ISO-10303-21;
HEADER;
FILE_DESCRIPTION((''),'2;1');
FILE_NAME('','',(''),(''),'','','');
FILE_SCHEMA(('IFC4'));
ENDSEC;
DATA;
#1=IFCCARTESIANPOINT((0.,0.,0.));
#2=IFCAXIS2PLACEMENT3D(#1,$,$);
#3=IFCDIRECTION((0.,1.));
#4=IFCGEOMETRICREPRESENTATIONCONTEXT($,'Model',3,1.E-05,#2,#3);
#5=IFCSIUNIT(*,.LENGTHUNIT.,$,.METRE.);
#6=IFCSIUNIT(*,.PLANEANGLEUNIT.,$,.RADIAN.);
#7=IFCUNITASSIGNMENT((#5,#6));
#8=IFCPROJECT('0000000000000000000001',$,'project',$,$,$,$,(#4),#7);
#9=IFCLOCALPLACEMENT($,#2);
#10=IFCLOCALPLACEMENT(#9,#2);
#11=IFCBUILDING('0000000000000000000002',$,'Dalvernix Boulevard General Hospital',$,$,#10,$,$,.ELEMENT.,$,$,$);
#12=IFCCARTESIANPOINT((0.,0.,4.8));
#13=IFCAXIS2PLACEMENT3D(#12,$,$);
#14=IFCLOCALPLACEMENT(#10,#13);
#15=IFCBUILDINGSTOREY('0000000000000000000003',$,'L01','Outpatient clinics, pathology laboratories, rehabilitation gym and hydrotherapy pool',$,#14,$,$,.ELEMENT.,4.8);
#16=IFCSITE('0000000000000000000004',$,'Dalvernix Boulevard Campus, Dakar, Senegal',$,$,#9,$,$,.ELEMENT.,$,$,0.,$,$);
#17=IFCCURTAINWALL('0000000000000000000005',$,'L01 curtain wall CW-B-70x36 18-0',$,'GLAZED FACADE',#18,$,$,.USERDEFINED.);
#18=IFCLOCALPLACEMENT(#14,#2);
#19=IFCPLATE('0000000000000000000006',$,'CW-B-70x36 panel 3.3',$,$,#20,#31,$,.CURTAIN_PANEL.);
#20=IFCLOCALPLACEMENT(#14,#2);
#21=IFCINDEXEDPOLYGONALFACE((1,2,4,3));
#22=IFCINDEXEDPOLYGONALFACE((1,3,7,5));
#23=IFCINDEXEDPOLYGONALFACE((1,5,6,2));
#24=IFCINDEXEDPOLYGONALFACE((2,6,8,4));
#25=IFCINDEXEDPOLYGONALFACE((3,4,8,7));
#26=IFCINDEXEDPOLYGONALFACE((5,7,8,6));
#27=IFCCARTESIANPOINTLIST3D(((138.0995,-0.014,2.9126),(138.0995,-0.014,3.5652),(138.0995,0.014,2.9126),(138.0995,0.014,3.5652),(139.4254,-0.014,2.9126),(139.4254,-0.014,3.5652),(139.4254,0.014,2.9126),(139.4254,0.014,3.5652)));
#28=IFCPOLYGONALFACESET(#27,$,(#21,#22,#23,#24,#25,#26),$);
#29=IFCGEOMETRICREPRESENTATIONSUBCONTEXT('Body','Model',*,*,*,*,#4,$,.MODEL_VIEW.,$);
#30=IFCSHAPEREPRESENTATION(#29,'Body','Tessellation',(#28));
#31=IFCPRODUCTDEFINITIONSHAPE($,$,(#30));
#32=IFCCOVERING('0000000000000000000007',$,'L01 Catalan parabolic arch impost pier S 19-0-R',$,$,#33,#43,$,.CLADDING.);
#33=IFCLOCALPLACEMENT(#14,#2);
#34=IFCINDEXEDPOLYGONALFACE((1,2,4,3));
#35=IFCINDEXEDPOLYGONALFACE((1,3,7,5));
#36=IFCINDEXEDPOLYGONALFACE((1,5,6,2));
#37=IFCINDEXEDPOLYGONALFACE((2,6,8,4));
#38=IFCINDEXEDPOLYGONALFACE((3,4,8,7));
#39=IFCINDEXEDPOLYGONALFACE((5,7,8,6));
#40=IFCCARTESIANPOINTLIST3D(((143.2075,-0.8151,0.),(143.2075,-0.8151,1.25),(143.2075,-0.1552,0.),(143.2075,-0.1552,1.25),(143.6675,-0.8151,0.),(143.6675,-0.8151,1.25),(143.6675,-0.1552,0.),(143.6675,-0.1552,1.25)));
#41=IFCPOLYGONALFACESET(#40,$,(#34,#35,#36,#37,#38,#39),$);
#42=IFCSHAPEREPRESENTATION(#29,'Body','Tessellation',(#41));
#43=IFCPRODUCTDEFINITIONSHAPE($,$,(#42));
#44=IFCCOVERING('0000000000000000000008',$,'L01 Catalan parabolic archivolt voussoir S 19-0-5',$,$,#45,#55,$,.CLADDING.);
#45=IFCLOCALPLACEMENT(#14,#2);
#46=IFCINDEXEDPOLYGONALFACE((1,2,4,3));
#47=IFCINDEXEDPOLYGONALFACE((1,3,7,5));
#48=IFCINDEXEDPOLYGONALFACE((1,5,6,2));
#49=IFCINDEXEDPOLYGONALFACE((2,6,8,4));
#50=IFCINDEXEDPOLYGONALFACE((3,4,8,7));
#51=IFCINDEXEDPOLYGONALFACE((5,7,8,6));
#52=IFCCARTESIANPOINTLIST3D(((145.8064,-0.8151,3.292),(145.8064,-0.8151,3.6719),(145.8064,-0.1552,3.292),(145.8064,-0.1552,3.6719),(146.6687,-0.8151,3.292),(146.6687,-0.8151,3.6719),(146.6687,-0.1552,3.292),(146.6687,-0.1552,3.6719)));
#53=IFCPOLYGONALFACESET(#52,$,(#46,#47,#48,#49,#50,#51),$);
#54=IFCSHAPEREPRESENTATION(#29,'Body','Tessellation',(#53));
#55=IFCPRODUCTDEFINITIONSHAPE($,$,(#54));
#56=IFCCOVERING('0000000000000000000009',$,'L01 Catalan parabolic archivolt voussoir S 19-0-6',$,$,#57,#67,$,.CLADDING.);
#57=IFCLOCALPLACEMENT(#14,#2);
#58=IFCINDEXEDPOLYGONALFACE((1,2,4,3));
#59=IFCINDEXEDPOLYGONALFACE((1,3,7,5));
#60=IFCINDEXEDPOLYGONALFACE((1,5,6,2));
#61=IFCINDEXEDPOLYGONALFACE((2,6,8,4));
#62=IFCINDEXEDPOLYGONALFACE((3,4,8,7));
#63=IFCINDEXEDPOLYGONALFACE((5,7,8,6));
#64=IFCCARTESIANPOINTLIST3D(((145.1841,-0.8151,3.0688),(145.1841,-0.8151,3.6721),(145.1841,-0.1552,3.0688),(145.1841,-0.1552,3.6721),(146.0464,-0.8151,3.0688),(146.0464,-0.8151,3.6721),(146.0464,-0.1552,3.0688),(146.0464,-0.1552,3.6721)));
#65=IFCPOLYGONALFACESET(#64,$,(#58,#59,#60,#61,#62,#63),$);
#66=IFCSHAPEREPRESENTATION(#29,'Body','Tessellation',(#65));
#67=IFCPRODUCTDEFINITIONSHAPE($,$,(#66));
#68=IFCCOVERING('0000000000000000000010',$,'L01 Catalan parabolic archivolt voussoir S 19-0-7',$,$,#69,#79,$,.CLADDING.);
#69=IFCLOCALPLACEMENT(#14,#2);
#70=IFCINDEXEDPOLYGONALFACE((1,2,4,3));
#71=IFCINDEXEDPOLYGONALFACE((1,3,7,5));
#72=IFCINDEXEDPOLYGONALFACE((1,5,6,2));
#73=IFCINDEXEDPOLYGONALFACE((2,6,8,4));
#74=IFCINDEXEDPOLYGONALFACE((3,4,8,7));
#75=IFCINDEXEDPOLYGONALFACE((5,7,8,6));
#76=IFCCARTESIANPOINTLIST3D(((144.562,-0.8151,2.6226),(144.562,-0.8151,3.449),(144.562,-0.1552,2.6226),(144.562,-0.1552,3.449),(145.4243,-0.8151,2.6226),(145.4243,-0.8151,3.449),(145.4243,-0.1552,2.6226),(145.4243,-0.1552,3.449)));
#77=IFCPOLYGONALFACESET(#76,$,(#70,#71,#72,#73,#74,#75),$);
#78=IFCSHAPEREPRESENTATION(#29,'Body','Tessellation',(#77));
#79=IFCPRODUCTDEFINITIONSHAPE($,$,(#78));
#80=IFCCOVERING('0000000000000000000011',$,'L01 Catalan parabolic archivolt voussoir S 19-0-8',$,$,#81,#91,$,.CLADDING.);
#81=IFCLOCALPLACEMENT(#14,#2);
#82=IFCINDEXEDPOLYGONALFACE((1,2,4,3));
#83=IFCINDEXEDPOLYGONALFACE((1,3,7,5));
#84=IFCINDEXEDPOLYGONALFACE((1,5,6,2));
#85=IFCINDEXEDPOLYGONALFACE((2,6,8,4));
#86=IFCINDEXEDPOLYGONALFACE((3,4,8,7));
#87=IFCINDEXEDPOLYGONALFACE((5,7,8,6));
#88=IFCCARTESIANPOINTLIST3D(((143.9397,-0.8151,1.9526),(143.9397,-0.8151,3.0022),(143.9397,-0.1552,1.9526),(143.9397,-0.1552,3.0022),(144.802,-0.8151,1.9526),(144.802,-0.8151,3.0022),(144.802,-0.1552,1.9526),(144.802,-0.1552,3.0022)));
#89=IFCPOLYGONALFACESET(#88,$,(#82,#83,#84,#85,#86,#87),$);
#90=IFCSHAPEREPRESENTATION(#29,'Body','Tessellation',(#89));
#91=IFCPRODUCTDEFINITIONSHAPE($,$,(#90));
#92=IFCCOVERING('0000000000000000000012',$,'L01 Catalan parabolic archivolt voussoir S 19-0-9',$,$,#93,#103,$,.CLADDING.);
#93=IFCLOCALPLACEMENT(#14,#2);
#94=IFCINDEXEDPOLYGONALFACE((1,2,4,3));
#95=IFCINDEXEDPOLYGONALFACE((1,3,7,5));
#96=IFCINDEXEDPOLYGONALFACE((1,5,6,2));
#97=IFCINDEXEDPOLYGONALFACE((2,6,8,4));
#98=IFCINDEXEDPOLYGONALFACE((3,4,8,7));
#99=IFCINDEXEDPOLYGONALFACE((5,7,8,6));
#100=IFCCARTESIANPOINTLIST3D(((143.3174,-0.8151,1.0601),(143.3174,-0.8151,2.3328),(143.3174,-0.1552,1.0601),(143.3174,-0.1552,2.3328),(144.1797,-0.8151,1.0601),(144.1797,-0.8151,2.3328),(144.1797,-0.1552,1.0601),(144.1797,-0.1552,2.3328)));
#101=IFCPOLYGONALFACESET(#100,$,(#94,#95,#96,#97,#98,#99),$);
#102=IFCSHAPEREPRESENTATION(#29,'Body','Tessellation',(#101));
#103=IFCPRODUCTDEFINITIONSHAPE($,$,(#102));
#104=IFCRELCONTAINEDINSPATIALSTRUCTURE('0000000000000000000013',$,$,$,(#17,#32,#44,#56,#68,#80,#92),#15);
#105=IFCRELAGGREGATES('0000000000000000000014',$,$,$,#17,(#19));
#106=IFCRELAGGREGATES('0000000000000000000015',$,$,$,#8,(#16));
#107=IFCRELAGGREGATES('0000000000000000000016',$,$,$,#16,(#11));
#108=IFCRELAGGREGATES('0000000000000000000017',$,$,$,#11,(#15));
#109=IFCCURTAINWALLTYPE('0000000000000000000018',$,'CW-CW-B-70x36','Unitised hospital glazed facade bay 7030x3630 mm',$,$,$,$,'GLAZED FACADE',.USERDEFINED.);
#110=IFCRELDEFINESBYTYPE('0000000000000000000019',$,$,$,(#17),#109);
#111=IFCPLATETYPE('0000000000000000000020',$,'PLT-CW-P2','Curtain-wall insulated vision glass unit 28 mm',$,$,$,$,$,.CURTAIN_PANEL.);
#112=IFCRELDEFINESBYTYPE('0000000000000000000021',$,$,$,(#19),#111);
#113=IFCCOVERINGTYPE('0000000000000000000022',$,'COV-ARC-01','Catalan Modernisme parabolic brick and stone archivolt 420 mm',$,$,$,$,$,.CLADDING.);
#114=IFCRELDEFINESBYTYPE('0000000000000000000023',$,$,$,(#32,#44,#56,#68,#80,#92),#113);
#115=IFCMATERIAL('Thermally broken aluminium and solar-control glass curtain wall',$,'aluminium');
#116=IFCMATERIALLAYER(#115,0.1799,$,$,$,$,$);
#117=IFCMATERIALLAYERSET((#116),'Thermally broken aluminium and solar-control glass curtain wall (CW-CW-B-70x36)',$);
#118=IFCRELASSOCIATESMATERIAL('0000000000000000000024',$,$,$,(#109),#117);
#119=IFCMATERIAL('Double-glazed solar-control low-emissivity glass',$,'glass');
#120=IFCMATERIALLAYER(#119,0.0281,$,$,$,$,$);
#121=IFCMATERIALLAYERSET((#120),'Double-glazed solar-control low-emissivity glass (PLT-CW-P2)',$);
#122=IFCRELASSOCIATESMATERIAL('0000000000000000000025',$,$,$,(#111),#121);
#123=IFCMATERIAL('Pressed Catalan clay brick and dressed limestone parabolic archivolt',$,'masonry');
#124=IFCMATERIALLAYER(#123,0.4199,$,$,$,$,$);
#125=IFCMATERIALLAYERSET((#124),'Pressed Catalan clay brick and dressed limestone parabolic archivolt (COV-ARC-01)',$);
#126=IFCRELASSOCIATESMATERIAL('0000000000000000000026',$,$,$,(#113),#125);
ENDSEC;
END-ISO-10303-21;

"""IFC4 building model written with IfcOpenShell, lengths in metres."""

from ifc_helpers import new_model, si_unit, direction, frame, origin, origin_2d, place, context, subcontext, project, spatial, rectangle, extrude, material, layer, layer_set, type_object, element, aggregate, save


model = new_model("IFC4")

# Units and contexts
model_context = context("Model", 3, precision=1e-05, world=origin(), true_north=direction((0.0, 1.0)))
body_context = subcontext(model_context, "Body", "Model", "MODEL_VIEW")
ifc_project = project(units=[si_unit("LENGTHUNIT", "METRE"), si_unit("PLANEANGLEUNIT", "RADIAN")], contexts=[model_context])

# Site, building, storey
site_placement = place(None, origin())
site = spatial("IfcSite", under=ifc_project, at=site_placement, Name="Dalvernix Boulevard Campus, Dakar, Senegal", CompositionType="ELEMENT", RefElevation=0.0)
building_placement = place(site_placement, origin())
building = spatial("IfcBuilding", under=site, at=building_placement, Name="Dalvernix Boulevard General Hospital", CompositionType="ELEMENT")
storey_placement = place(building_placement, frame((0.0, 0.0, 4.8)))
storey = spatial("IfcBuildingStorey", under=building, at=storey_placement, Name="L01", Description="Outpatient clinics, pathology laboratories, rehabilitation gym and hydrotherapy pool", CompositionType="ELEMENT", Elevation=4.8)

# Curtain wall, plate
ifc_material_1 = material(Name="Thermally broken aluminium and solar-control glass curtain wall", Category="aluminium")
ifc_layer_1 = layer(ifc_material_1, 0.1799)
ifc_layer_set_1 = layer_set([ifc_layer_1], Name="Thermally broken aluminium and solar-control glass curtain wall (CW-CW-B-70x36)")
curtain_wall_type = type_object("IfcCurtainWallType", Name="CW-CW-B-70x36", Description="Unitised hospital glazed facade bay 7030x3630 mm", ElementType="GLAZED FACADE", PredefinedType="USERDEFINED", material=ifc_layer_set_1)
curtain_wall_placement = place(storey_placement, origin())
curtain_wall = element("IfcCurtainWall", 1, at=curtain_wall_placement, inside=storey, type_object=curtain_wall_type, Name="L01 curtain wall CW-B-70x36 18-0", ObjectType="GLAZED FACADE", PredefinedType="USERDEFINED")
ifc_material_2 = material(Name="Double-glazed solar-control low-emissivity glass", Category="glass")
ifc_layer_2 = layer(ifc_material_2, 0.0281)
ifc_layer_set_2 = layer_set([ifc_layer_2], Name="Double-glazed solar-control low-emissivity glass (PLT-CW-P2)")
plate_type = type_object("IfcPlateType", Name="PLT-CW-P2", Description="Curtain-wall insulated vision glass unit 28 mm", PredefinedType="CURTAIN_PANEL", material=ifc_layer_set_2)
plate_1_placement = place(storey_placement, frame((138.7625, 0.0, 2.9126), z_axis=(0.0, 0.0, 1.0), x_axis=(-1.0, 0.0, 0.0)))
plate_1 = element("IfcPlate", 2, at=plate_1_placement, type_object=plate_type, Name="CW-B-70x36 panel 3.3", PredefinedType="CURTAIN_PANEL", context=body_context, shape_type="SweptSolid", body=[
    extrude(rectangle(XDim=1.3259, YDim=0.0281, at=origin_2d()), origin(), (0.0, 0.0, 1.0), 0.6526),
])
aggregate(curtain_wall, [plate_1])

# Coverings
ifc_material_3 = material(Name="Pressed Catalan clay brick and dressed limestone parabolic archivolt", Category="masonry")
ifc_layer_3 = layer(ifc_material_3, 0.4199)
ifc_layer_set_3 = layer_set([ifc_layer_3], Name="Pressed Catalan clay brick and dressed limestone parabolic archivolt (COV-ARC-01)")
covering_type = type_object("IfcCoveringType", Name="COV-ARC-01", Description="Catalan Modernisme parabolic brick and stone archivolt 420 mm", PredefinedType="CLADDING", material=ifc_layer_set_3)
covering_1_placement = place(storey_placement, frame((143.4375, -0.4851, 0.0), z_axis=(0.0, 0.0, 1.0), x_axis=(-1.0, 0.0, 0.0)))
element("IfcCovering", 3, at=covering_1_placement, inside=storey, type_object=covering_type, Name="L01 Catalan parabolic arch impost pier S 19-0-R", PredefinedType="CLADDING", context=body_context, shape_type="SweptSolid", body=[
    extrude(rectangle(XDim=0.46, YDim=0.6599, at=origin_2d()), origin(), (0.0, 0.0, 1.0), 1.25),
])
covering_2_placement = place(storey_placement, frame((146.2375, -0.4851, 3.292), z_axis=(0.0, 0.0, 1.0), x_axis=(-1.0, 0.0, 0.0)))
element("IfcCovering", 4, at=covering_2_placement, inside=storey, type_object=covering_type, Name="L01 Catalan parabolic archivolt voussoir S 19-0-5", PredefinedType="CLADDING", context=body_context, shape_type="SweptSolid", body=[
    extrude(rectangle(XDim=0.8623, YDim=0.6599, at=origin_2d()), origin(), (0.0, 0.0, 1.0), 0.3799),
])
covering_3_placement = place(storey_placement, frame((145.6152, -0.4851, 3.0688), z_axis=(0.0, 0.0, 1.0), x_axis=(-1.0, 0.0, 0.0)))
element("IfcCovering", 5, at=covering_3_placement, inside=storey, type_object=covering_type, Name="L01 Catalan parabolic archivolt voussoir S 19-0-6", PredefinedType="CLADDING", context=body_context, shape_type="SweptSolid", body=[
    extrude(rectangle(XDim=0.8623, YDim=0.6599, at=origin_2d()), origin(), (0.0, 0.0, 1.0), 0.6033),
])
covering_4_placement = place(storey_placement, frame((144.9932, -0.4851, 2.6226), z_axis=(0.0, 0.0, 1.0), x_axis=(-1.0, 0.0, 0.0)))
element("IfcCovering", 6, at=covering_4_placement, inside=storey, type_object=covering_type, Name="L01 Catalan parabolic archivolt voussoir S 19-0-7", PredefinedType="CLADDING", context=body_context, shape_type="SweptSolid", body=[
    extrude(rectangle(XDim=0.8623, YDim=0.6599, at=origin_2d()), origin(), (0.0, 0.0, 1.0), 0.8264),
])
covering_5_placement = place(storey_placement, frame((144.3708, -0.4851, 1.9526), z_axis=(0.0, 0.0, 1.0), x_axis=(-1.0, 0.0, 0.0)))
element("IfcCovering", 7, at=covering_5_placement, inside=storey, type_object=covering_type, Name="L01 Catalan parabolic archivolt voussoir S 19-0-8", PredefinedType="CLADDING", context=body_context, shape_type="SweptSolid", body=[
    extrude(rectangle(XDim=0.8623, YDim=0.6599, at=origin_2d()), origin(), (0.0, 0.0, 1.0), 1.0496),
])
covering_6_placement = place(storey_placement, frame((143.7485, -0.4851, 1.0601), z_axis=(0.0, 0.0, 1.0), x_axis=(-1.0, 0.0, 0.0)))
element("IfcCovering", 8, at=covering_6_placement, inside=storey, type_object=covering_type, Name="L01 Catalan parabolic archivolt voussoir S 19-0-9", PredefinedType="CLADDING", context=body_context, shape_type="SweptSolid", body=[
    extrude(rectangle(XDim=0.8623, YDim=0.6599, at=origin_2d()), origin(), (0.0, 0.0, 1.0), 1.2727),
])

save(model, "model.ifc")
